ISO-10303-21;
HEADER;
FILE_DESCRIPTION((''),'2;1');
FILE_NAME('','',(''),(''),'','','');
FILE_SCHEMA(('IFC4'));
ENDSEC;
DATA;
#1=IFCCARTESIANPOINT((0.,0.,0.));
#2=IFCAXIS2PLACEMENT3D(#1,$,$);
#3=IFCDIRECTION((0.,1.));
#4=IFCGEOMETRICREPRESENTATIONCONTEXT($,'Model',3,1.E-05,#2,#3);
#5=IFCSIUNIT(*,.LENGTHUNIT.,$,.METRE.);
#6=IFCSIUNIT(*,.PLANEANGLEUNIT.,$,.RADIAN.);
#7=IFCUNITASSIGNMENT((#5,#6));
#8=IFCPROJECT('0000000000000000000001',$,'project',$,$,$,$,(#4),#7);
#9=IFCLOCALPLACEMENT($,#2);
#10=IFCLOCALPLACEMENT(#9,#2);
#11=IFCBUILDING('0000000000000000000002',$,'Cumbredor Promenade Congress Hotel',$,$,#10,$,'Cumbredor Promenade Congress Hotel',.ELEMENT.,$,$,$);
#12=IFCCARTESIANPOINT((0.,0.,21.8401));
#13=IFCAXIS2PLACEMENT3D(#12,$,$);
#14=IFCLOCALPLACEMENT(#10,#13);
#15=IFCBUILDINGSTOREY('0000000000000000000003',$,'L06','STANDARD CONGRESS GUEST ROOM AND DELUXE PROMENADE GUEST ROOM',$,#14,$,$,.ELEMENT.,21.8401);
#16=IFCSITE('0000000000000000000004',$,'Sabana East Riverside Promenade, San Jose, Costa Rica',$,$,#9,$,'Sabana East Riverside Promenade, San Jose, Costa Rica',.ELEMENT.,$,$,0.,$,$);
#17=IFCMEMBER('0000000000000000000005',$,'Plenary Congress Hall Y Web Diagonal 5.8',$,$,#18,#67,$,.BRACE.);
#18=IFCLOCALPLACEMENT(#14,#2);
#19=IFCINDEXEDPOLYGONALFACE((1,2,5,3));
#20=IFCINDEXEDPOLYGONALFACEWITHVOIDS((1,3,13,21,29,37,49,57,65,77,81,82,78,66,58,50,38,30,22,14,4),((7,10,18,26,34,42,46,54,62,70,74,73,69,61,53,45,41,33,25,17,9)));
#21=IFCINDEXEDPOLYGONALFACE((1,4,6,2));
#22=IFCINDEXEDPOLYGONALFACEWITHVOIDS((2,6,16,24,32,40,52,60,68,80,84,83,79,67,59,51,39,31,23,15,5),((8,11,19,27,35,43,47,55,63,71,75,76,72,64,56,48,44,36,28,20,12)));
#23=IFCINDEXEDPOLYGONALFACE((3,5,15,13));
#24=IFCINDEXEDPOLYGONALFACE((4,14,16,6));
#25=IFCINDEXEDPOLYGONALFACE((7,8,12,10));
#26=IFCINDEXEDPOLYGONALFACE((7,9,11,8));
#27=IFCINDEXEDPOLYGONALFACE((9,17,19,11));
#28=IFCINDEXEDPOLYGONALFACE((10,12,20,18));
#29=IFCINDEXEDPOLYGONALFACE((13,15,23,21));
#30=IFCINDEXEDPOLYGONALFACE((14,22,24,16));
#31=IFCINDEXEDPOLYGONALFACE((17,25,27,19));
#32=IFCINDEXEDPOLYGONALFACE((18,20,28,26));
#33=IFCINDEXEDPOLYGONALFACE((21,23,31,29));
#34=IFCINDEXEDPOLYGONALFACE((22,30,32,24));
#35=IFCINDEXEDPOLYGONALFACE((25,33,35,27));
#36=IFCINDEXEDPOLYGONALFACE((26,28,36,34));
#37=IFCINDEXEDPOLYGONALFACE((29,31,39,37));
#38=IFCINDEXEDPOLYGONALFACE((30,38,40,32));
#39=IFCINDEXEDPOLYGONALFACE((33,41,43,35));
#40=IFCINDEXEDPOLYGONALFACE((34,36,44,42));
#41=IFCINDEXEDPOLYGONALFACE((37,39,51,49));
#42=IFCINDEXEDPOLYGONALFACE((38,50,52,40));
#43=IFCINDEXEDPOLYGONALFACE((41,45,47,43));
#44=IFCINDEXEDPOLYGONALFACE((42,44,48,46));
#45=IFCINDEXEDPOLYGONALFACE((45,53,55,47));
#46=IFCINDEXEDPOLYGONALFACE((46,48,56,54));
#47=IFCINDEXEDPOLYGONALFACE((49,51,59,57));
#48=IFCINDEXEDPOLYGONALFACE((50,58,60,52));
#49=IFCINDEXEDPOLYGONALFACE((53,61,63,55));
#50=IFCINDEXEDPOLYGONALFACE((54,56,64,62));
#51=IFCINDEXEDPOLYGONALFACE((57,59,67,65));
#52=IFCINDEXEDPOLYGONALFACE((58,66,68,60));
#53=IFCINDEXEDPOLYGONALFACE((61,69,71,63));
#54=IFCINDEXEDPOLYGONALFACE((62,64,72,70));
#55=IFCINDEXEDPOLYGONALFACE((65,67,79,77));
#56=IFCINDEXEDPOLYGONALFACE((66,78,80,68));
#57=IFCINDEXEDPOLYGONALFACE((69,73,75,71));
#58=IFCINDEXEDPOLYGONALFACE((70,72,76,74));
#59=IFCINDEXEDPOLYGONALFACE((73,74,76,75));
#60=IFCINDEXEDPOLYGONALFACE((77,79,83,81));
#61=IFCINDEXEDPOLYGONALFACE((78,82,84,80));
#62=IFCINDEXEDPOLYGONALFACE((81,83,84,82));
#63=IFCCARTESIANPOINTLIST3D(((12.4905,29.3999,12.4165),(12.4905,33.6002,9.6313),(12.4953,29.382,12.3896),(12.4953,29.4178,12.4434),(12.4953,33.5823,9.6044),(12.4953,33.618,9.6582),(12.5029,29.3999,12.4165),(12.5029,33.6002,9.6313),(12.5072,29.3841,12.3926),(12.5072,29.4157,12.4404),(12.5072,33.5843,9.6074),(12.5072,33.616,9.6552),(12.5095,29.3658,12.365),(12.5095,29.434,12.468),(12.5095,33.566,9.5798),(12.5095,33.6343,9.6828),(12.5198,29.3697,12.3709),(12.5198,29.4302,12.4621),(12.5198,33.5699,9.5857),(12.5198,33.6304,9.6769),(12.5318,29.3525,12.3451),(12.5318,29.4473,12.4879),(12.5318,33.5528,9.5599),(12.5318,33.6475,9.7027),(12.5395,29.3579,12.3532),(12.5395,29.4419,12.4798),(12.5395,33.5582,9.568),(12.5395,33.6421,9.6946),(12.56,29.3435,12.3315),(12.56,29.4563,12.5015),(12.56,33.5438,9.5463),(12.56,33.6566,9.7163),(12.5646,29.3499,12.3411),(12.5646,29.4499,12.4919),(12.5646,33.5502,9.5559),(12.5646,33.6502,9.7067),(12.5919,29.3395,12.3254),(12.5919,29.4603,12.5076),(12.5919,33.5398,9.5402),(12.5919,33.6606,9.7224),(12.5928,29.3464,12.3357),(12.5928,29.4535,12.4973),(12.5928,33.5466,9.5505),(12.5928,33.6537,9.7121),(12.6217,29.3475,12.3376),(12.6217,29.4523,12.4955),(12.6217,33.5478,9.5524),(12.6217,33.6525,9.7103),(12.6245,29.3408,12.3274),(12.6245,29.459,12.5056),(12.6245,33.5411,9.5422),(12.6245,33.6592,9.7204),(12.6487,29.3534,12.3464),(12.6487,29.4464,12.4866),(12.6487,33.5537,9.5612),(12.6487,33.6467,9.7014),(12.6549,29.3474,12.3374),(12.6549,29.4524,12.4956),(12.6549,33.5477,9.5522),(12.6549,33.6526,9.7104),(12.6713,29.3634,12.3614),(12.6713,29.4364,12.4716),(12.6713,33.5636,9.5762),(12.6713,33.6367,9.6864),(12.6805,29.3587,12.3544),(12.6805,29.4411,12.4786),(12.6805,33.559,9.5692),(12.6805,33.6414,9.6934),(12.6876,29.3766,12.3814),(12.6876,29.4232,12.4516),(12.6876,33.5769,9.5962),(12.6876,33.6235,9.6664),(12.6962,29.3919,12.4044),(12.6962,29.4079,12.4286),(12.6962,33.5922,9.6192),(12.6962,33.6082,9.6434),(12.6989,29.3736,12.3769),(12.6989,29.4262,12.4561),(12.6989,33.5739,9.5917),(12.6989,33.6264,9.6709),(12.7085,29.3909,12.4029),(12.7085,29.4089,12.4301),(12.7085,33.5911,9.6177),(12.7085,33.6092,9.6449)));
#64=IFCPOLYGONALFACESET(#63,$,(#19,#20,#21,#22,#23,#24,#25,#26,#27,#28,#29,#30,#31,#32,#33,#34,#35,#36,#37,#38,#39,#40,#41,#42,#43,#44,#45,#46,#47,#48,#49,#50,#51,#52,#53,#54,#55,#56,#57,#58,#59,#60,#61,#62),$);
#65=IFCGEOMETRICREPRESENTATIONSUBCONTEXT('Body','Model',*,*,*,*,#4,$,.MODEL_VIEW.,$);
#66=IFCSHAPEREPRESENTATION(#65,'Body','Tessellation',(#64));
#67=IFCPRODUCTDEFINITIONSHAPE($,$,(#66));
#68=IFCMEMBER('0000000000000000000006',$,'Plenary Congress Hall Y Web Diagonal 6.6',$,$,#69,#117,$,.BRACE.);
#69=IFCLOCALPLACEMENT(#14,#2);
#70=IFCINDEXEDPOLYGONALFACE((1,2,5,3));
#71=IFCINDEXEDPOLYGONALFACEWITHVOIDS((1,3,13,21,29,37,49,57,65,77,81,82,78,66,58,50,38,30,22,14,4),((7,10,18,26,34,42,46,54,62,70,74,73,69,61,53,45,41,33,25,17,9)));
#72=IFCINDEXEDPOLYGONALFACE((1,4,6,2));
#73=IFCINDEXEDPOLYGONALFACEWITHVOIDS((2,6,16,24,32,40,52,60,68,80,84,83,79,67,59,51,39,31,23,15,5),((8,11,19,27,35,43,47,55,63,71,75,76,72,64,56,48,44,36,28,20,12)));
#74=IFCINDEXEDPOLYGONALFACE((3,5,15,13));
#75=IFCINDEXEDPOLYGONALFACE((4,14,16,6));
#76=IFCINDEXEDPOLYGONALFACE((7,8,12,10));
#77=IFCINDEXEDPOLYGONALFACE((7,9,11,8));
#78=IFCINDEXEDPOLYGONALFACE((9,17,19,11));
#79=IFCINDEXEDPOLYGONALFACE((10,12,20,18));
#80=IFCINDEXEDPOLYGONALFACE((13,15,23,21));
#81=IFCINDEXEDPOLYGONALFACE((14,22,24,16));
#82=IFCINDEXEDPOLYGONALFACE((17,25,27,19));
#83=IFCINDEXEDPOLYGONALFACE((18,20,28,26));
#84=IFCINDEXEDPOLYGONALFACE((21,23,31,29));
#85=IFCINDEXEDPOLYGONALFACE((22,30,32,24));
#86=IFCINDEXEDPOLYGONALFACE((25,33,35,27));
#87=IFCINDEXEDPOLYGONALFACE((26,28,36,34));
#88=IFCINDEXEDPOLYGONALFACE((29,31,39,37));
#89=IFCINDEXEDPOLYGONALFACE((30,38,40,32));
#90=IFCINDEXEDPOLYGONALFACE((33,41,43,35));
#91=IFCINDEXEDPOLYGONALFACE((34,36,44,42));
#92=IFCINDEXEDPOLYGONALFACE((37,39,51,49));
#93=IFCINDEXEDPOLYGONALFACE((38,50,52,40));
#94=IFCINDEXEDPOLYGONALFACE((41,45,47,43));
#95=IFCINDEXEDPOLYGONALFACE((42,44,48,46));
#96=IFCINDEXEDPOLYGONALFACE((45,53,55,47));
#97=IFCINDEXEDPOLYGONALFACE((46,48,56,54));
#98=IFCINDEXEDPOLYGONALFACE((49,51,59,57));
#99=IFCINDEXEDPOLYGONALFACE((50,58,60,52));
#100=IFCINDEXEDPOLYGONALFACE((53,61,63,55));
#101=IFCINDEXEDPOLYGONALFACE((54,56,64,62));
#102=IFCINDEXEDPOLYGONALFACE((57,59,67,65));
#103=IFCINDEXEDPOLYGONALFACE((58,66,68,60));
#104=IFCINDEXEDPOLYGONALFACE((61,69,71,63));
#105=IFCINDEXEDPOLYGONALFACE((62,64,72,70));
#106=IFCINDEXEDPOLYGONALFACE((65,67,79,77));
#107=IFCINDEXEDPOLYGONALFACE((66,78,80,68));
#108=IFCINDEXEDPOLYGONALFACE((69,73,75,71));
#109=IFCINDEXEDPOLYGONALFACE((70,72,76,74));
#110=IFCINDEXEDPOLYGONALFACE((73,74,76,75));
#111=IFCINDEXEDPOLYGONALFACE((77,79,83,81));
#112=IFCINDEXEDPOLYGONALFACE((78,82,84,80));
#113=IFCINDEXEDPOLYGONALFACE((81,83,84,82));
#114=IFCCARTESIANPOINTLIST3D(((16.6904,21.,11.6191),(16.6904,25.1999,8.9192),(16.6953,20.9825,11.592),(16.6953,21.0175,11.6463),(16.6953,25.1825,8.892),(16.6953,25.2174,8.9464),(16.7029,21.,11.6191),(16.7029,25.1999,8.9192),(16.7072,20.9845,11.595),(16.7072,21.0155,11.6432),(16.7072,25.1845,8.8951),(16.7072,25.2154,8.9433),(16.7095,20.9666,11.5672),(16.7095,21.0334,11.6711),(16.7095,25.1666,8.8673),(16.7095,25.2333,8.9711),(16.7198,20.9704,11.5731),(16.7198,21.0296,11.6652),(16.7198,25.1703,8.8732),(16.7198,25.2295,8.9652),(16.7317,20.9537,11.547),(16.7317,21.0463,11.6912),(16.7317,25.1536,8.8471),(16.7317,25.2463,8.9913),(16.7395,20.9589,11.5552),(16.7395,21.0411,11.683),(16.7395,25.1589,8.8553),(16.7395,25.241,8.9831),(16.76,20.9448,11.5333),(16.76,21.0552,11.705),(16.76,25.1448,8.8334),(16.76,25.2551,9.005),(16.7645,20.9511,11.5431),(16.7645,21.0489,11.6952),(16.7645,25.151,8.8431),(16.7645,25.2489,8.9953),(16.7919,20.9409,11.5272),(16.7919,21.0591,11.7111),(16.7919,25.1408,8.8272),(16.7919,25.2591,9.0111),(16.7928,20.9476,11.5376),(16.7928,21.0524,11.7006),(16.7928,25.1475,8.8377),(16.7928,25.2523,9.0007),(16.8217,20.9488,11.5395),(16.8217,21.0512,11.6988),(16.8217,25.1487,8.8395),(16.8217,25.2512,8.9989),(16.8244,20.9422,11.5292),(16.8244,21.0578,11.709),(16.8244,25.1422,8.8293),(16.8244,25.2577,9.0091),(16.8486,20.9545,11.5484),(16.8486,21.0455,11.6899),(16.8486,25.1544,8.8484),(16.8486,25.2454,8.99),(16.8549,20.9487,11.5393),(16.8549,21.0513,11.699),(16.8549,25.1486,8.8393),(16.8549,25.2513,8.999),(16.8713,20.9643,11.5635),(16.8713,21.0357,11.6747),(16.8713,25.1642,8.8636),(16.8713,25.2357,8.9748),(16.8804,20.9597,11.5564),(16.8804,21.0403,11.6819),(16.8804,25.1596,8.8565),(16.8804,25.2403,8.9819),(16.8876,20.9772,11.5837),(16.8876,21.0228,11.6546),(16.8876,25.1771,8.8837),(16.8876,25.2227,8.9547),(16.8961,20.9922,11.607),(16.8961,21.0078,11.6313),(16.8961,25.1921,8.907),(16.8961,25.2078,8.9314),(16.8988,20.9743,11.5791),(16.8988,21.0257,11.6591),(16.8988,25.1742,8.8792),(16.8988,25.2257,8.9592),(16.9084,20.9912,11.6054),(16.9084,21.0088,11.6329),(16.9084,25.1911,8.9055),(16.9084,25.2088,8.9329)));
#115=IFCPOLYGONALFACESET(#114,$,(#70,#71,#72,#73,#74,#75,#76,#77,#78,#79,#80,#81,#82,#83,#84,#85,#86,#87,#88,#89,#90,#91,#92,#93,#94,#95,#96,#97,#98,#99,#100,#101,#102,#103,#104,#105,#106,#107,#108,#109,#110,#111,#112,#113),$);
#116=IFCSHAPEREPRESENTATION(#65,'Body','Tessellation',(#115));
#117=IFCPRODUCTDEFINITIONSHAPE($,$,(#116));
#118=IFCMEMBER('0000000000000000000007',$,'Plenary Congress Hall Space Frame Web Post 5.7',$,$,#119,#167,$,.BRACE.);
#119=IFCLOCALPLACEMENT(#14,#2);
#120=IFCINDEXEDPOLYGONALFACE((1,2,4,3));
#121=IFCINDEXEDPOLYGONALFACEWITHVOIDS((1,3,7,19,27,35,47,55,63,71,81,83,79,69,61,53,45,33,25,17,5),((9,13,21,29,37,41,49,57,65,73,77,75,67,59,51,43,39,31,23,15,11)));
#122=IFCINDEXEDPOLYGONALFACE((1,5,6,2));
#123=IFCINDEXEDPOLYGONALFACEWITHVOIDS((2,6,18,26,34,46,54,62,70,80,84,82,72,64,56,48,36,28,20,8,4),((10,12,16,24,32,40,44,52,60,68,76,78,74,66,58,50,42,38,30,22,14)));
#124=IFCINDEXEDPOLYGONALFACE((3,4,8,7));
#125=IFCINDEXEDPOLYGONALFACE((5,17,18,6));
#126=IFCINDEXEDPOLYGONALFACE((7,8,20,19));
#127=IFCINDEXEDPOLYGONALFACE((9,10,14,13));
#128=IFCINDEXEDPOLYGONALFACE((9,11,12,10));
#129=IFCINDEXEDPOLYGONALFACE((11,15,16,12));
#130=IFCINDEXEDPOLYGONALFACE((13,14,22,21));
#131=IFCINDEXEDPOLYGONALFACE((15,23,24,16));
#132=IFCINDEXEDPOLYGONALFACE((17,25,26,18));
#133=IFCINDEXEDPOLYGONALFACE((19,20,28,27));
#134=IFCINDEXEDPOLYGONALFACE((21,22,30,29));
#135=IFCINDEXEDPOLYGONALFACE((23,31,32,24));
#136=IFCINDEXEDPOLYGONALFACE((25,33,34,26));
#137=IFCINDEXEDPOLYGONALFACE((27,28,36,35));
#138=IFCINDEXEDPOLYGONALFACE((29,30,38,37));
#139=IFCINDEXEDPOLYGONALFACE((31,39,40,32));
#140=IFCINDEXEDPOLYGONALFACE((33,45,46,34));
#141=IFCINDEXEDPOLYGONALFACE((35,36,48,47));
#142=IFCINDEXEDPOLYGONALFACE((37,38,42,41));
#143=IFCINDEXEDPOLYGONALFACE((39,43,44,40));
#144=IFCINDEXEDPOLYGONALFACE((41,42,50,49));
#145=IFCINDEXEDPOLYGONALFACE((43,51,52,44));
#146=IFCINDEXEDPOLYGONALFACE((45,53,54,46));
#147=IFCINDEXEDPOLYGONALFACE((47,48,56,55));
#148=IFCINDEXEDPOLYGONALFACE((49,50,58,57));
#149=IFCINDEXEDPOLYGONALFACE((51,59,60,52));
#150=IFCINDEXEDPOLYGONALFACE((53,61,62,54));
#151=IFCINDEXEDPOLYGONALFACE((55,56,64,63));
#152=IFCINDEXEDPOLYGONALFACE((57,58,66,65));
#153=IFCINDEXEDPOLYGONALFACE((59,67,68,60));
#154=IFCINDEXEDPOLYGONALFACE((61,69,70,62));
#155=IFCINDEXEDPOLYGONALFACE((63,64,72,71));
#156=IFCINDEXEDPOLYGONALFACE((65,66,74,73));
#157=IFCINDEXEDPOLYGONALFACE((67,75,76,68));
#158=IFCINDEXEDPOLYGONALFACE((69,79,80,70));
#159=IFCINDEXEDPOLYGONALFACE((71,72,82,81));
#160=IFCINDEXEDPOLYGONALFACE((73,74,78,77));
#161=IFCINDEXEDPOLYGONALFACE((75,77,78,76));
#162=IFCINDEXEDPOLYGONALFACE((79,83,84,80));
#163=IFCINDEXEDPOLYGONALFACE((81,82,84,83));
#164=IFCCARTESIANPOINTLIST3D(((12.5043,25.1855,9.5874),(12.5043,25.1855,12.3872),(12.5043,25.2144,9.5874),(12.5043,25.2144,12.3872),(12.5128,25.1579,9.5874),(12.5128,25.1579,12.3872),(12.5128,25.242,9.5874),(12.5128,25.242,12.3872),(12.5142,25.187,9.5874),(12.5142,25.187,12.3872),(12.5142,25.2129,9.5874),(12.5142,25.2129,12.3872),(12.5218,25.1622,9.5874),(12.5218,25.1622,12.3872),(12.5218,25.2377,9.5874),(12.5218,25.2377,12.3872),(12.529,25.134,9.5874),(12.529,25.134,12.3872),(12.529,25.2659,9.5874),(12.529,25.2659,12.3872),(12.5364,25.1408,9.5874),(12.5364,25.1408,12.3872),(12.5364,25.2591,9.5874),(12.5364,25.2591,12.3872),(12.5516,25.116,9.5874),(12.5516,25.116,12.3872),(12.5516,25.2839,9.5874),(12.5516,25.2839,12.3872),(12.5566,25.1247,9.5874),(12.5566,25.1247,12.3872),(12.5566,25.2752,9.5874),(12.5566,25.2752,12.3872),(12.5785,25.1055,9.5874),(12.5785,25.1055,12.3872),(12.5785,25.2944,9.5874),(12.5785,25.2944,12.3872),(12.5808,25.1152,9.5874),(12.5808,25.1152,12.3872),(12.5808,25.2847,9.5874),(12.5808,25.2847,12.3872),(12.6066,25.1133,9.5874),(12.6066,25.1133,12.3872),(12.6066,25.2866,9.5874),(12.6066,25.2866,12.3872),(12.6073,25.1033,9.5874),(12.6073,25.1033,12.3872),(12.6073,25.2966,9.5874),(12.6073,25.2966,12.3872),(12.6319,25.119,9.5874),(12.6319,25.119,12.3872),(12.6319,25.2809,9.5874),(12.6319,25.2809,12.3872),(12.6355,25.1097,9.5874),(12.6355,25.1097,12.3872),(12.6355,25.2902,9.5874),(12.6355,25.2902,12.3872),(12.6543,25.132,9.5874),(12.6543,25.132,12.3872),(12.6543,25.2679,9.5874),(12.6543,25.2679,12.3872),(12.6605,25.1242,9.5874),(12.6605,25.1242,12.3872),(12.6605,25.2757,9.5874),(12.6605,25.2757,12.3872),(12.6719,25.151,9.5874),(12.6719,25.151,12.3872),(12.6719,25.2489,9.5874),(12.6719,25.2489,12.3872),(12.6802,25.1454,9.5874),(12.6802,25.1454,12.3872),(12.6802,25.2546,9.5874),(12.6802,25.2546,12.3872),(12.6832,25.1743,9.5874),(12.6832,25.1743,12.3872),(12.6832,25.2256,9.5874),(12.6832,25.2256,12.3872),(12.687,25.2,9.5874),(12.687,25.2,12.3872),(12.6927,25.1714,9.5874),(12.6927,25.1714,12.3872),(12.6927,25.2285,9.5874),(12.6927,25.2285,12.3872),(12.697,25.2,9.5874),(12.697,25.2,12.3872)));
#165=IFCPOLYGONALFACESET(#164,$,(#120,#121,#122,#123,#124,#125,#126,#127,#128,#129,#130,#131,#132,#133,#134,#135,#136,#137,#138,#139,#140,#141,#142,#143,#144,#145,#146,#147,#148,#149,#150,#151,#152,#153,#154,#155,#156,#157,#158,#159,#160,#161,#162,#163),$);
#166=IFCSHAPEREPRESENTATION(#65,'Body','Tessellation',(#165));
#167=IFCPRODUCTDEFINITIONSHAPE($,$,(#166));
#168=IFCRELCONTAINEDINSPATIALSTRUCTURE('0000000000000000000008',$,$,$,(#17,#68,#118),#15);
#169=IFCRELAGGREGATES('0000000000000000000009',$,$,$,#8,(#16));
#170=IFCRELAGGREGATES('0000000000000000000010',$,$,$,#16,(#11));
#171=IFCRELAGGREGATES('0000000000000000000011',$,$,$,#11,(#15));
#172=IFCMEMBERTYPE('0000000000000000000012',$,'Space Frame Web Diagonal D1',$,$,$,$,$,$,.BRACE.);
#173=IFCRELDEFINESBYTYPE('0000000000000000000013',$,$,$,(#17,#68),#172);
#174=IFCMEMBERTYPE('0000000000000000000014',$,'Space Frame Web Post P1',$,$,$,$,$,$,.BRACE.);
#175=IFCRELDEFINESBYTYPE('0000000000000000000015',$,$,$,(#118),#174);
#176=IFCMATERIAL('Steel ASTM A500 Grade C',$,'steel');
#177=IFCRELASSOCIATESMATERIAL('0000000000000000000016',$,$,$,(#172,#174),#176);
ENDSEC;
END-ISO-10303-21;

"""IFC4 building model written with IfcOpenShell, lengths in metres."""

from ifc_helpers import new_model, si_unit, direction, frame, origin, origin_2d, place, context, subcontext, project, spatial, hollow_circle, extrude, material, material_profile, profile_set, type_object, element, save


model = new_model("IFC4")

# Units and contexts
model_context = context("Model", 3, precision=1e-05, world=origin(), true_north=direction((0.0, 1.0)))
body_context = subcontext(model_context, "Body", "Model", "MODEL_VIEW")
ifc_project = project(units=[si_unit("LENGTHUNIT", "METRE"), si_unit("PLANEANGLEUNIT", "RADIAN")], contexts=[model_context])

# Site, building, storey
site_placement = place(None, origin())
site = spatial("IfcSite", under=ifc_project, at=site_placement, Name="Sabana East Riverside Promenade, San Jose, Costa Rica", LongName="Sabana East Riverside Promenade, San Jose, Costa Rica", CompositionType="ELEMENT", RefElevation=0.0)
building_placement = place(site_placement, origin())
building = spatial("IfcBuilding", under=site, at=building_placement, Name="Cumbredor Promenade Congress Hotel", LongName="Cumbredor Promenade Congress Hotel", CompositionType="ELEMENT")
storey_placement = place(building_placement, frame((0.0, 0.0, 21.8401)))
storey = spatial("IfcBuildingStorey", under=building, at=storey_placement, Name="L06", Description="STANDARD CONGRESS GUEST ROOM AND DELUXE PROMENADE GUEST ROOM", CompositionType="ELEMENT", Elevation=21.8401)

# Members
ifc_material_1 = material(Name="Steel ASTM A500 Grade C", Category="steel")
ifc_material_profile_1 = material_profile(ifc_material_1, hollow_circle(Radius=0.1096, WallThickness=0.0125, at=origin_2d()), Name="CHS 219.1x12.5")
ifc_profile_set_1 = profile_set([ifc_material_profile_1], Name="Steel ASTM A500 Grade C")
member_type_1 = type_object("IfcMemberType", Name="Space Frame Web Diagonal D1", PredefinedType="BRACE", material=ifc_profile_set_1)
member_1_placement = place(storey_placement, frame((12.6001, 29.3999, 12.4165), z_axis=(0.0, 0.833419, -0.552642), x_axis=(-1.0, 0.0, 0.0)))
element("IfcMember", 1, at=member_1_placement, inside=storey, type_object=member_type_1, Name="Plenary Congress Hall Y Web Diagonal 5.8", PredefinedType="BRACE", context=body_context, shape_type="SweptSolid", body=[
    extrude(hollow_circle(Radius=0.1096, WallThickness=0.0125, at=origin_2d()), origin(), (0.0, 0.0, 1.0), 5.0398),
])
member_2_placement = place(storey_placement, frame((16.8, 21.0, 11.6191), z_axis=(0.0, 0.84118, -0.540755), x_axis=(-1.0, 0.0, 0.0)))
element("IfcMember", 2, at=member_2_placement, inside=storey, type_object=member_type_1, Name="Plenary Congress Hall Y Web Diagonal 6.6", PredefinedType="BRACE", context=body_context, shape_type="SweptSolid", body=[
    extrude(hollow_circle(Radius=0.1096, WallThickness=0.0125, at=origin_2d()), origin(), (0.0, 0.0, 1.0), 4.9929),
])
ifc_material_profile_2 = material_profile(ifc_material_1, hollow_circle(Radius=0.0969, WallThickness=0.01, at=origin_2d()), Name="CHS 193.7x10")
ifc_profile_set_2 = profile_set([ifc_material_profile_2], Name="Steel ASTM A500 Grade C")
member_type_2 = type_object("IfcMemberType", Name="Space Frame Web Post P1", PredefinedType="BRACE", material=ifc_profile_set_2)
for number, where, z_axis, x_axis, name in (
    (3, (12.6001, 25.2, 9.5874), (0.0, 0.0, 1.0), (1.0, 0.0, 0.0), "Plenary Congress Hall Space Frame Web Post 5.7"),
):
    element("IfcMember", number, at=place(storey_placement, frame(where, z_axis=z_axis, x_axis=x_axis)), inside=storey, type_object=member_type_2, Name=name, PredefinedType="BRACE", context=body_context, shape_type="SweptSolid", body=[
        extrude(hollow_circle(Radius=0.0969, WallThickness=0.01, at=origin_2d()), origin(), (0.0, 0.0, 1.0), 2.7998),
    ])

save(model, "model.ifc")
